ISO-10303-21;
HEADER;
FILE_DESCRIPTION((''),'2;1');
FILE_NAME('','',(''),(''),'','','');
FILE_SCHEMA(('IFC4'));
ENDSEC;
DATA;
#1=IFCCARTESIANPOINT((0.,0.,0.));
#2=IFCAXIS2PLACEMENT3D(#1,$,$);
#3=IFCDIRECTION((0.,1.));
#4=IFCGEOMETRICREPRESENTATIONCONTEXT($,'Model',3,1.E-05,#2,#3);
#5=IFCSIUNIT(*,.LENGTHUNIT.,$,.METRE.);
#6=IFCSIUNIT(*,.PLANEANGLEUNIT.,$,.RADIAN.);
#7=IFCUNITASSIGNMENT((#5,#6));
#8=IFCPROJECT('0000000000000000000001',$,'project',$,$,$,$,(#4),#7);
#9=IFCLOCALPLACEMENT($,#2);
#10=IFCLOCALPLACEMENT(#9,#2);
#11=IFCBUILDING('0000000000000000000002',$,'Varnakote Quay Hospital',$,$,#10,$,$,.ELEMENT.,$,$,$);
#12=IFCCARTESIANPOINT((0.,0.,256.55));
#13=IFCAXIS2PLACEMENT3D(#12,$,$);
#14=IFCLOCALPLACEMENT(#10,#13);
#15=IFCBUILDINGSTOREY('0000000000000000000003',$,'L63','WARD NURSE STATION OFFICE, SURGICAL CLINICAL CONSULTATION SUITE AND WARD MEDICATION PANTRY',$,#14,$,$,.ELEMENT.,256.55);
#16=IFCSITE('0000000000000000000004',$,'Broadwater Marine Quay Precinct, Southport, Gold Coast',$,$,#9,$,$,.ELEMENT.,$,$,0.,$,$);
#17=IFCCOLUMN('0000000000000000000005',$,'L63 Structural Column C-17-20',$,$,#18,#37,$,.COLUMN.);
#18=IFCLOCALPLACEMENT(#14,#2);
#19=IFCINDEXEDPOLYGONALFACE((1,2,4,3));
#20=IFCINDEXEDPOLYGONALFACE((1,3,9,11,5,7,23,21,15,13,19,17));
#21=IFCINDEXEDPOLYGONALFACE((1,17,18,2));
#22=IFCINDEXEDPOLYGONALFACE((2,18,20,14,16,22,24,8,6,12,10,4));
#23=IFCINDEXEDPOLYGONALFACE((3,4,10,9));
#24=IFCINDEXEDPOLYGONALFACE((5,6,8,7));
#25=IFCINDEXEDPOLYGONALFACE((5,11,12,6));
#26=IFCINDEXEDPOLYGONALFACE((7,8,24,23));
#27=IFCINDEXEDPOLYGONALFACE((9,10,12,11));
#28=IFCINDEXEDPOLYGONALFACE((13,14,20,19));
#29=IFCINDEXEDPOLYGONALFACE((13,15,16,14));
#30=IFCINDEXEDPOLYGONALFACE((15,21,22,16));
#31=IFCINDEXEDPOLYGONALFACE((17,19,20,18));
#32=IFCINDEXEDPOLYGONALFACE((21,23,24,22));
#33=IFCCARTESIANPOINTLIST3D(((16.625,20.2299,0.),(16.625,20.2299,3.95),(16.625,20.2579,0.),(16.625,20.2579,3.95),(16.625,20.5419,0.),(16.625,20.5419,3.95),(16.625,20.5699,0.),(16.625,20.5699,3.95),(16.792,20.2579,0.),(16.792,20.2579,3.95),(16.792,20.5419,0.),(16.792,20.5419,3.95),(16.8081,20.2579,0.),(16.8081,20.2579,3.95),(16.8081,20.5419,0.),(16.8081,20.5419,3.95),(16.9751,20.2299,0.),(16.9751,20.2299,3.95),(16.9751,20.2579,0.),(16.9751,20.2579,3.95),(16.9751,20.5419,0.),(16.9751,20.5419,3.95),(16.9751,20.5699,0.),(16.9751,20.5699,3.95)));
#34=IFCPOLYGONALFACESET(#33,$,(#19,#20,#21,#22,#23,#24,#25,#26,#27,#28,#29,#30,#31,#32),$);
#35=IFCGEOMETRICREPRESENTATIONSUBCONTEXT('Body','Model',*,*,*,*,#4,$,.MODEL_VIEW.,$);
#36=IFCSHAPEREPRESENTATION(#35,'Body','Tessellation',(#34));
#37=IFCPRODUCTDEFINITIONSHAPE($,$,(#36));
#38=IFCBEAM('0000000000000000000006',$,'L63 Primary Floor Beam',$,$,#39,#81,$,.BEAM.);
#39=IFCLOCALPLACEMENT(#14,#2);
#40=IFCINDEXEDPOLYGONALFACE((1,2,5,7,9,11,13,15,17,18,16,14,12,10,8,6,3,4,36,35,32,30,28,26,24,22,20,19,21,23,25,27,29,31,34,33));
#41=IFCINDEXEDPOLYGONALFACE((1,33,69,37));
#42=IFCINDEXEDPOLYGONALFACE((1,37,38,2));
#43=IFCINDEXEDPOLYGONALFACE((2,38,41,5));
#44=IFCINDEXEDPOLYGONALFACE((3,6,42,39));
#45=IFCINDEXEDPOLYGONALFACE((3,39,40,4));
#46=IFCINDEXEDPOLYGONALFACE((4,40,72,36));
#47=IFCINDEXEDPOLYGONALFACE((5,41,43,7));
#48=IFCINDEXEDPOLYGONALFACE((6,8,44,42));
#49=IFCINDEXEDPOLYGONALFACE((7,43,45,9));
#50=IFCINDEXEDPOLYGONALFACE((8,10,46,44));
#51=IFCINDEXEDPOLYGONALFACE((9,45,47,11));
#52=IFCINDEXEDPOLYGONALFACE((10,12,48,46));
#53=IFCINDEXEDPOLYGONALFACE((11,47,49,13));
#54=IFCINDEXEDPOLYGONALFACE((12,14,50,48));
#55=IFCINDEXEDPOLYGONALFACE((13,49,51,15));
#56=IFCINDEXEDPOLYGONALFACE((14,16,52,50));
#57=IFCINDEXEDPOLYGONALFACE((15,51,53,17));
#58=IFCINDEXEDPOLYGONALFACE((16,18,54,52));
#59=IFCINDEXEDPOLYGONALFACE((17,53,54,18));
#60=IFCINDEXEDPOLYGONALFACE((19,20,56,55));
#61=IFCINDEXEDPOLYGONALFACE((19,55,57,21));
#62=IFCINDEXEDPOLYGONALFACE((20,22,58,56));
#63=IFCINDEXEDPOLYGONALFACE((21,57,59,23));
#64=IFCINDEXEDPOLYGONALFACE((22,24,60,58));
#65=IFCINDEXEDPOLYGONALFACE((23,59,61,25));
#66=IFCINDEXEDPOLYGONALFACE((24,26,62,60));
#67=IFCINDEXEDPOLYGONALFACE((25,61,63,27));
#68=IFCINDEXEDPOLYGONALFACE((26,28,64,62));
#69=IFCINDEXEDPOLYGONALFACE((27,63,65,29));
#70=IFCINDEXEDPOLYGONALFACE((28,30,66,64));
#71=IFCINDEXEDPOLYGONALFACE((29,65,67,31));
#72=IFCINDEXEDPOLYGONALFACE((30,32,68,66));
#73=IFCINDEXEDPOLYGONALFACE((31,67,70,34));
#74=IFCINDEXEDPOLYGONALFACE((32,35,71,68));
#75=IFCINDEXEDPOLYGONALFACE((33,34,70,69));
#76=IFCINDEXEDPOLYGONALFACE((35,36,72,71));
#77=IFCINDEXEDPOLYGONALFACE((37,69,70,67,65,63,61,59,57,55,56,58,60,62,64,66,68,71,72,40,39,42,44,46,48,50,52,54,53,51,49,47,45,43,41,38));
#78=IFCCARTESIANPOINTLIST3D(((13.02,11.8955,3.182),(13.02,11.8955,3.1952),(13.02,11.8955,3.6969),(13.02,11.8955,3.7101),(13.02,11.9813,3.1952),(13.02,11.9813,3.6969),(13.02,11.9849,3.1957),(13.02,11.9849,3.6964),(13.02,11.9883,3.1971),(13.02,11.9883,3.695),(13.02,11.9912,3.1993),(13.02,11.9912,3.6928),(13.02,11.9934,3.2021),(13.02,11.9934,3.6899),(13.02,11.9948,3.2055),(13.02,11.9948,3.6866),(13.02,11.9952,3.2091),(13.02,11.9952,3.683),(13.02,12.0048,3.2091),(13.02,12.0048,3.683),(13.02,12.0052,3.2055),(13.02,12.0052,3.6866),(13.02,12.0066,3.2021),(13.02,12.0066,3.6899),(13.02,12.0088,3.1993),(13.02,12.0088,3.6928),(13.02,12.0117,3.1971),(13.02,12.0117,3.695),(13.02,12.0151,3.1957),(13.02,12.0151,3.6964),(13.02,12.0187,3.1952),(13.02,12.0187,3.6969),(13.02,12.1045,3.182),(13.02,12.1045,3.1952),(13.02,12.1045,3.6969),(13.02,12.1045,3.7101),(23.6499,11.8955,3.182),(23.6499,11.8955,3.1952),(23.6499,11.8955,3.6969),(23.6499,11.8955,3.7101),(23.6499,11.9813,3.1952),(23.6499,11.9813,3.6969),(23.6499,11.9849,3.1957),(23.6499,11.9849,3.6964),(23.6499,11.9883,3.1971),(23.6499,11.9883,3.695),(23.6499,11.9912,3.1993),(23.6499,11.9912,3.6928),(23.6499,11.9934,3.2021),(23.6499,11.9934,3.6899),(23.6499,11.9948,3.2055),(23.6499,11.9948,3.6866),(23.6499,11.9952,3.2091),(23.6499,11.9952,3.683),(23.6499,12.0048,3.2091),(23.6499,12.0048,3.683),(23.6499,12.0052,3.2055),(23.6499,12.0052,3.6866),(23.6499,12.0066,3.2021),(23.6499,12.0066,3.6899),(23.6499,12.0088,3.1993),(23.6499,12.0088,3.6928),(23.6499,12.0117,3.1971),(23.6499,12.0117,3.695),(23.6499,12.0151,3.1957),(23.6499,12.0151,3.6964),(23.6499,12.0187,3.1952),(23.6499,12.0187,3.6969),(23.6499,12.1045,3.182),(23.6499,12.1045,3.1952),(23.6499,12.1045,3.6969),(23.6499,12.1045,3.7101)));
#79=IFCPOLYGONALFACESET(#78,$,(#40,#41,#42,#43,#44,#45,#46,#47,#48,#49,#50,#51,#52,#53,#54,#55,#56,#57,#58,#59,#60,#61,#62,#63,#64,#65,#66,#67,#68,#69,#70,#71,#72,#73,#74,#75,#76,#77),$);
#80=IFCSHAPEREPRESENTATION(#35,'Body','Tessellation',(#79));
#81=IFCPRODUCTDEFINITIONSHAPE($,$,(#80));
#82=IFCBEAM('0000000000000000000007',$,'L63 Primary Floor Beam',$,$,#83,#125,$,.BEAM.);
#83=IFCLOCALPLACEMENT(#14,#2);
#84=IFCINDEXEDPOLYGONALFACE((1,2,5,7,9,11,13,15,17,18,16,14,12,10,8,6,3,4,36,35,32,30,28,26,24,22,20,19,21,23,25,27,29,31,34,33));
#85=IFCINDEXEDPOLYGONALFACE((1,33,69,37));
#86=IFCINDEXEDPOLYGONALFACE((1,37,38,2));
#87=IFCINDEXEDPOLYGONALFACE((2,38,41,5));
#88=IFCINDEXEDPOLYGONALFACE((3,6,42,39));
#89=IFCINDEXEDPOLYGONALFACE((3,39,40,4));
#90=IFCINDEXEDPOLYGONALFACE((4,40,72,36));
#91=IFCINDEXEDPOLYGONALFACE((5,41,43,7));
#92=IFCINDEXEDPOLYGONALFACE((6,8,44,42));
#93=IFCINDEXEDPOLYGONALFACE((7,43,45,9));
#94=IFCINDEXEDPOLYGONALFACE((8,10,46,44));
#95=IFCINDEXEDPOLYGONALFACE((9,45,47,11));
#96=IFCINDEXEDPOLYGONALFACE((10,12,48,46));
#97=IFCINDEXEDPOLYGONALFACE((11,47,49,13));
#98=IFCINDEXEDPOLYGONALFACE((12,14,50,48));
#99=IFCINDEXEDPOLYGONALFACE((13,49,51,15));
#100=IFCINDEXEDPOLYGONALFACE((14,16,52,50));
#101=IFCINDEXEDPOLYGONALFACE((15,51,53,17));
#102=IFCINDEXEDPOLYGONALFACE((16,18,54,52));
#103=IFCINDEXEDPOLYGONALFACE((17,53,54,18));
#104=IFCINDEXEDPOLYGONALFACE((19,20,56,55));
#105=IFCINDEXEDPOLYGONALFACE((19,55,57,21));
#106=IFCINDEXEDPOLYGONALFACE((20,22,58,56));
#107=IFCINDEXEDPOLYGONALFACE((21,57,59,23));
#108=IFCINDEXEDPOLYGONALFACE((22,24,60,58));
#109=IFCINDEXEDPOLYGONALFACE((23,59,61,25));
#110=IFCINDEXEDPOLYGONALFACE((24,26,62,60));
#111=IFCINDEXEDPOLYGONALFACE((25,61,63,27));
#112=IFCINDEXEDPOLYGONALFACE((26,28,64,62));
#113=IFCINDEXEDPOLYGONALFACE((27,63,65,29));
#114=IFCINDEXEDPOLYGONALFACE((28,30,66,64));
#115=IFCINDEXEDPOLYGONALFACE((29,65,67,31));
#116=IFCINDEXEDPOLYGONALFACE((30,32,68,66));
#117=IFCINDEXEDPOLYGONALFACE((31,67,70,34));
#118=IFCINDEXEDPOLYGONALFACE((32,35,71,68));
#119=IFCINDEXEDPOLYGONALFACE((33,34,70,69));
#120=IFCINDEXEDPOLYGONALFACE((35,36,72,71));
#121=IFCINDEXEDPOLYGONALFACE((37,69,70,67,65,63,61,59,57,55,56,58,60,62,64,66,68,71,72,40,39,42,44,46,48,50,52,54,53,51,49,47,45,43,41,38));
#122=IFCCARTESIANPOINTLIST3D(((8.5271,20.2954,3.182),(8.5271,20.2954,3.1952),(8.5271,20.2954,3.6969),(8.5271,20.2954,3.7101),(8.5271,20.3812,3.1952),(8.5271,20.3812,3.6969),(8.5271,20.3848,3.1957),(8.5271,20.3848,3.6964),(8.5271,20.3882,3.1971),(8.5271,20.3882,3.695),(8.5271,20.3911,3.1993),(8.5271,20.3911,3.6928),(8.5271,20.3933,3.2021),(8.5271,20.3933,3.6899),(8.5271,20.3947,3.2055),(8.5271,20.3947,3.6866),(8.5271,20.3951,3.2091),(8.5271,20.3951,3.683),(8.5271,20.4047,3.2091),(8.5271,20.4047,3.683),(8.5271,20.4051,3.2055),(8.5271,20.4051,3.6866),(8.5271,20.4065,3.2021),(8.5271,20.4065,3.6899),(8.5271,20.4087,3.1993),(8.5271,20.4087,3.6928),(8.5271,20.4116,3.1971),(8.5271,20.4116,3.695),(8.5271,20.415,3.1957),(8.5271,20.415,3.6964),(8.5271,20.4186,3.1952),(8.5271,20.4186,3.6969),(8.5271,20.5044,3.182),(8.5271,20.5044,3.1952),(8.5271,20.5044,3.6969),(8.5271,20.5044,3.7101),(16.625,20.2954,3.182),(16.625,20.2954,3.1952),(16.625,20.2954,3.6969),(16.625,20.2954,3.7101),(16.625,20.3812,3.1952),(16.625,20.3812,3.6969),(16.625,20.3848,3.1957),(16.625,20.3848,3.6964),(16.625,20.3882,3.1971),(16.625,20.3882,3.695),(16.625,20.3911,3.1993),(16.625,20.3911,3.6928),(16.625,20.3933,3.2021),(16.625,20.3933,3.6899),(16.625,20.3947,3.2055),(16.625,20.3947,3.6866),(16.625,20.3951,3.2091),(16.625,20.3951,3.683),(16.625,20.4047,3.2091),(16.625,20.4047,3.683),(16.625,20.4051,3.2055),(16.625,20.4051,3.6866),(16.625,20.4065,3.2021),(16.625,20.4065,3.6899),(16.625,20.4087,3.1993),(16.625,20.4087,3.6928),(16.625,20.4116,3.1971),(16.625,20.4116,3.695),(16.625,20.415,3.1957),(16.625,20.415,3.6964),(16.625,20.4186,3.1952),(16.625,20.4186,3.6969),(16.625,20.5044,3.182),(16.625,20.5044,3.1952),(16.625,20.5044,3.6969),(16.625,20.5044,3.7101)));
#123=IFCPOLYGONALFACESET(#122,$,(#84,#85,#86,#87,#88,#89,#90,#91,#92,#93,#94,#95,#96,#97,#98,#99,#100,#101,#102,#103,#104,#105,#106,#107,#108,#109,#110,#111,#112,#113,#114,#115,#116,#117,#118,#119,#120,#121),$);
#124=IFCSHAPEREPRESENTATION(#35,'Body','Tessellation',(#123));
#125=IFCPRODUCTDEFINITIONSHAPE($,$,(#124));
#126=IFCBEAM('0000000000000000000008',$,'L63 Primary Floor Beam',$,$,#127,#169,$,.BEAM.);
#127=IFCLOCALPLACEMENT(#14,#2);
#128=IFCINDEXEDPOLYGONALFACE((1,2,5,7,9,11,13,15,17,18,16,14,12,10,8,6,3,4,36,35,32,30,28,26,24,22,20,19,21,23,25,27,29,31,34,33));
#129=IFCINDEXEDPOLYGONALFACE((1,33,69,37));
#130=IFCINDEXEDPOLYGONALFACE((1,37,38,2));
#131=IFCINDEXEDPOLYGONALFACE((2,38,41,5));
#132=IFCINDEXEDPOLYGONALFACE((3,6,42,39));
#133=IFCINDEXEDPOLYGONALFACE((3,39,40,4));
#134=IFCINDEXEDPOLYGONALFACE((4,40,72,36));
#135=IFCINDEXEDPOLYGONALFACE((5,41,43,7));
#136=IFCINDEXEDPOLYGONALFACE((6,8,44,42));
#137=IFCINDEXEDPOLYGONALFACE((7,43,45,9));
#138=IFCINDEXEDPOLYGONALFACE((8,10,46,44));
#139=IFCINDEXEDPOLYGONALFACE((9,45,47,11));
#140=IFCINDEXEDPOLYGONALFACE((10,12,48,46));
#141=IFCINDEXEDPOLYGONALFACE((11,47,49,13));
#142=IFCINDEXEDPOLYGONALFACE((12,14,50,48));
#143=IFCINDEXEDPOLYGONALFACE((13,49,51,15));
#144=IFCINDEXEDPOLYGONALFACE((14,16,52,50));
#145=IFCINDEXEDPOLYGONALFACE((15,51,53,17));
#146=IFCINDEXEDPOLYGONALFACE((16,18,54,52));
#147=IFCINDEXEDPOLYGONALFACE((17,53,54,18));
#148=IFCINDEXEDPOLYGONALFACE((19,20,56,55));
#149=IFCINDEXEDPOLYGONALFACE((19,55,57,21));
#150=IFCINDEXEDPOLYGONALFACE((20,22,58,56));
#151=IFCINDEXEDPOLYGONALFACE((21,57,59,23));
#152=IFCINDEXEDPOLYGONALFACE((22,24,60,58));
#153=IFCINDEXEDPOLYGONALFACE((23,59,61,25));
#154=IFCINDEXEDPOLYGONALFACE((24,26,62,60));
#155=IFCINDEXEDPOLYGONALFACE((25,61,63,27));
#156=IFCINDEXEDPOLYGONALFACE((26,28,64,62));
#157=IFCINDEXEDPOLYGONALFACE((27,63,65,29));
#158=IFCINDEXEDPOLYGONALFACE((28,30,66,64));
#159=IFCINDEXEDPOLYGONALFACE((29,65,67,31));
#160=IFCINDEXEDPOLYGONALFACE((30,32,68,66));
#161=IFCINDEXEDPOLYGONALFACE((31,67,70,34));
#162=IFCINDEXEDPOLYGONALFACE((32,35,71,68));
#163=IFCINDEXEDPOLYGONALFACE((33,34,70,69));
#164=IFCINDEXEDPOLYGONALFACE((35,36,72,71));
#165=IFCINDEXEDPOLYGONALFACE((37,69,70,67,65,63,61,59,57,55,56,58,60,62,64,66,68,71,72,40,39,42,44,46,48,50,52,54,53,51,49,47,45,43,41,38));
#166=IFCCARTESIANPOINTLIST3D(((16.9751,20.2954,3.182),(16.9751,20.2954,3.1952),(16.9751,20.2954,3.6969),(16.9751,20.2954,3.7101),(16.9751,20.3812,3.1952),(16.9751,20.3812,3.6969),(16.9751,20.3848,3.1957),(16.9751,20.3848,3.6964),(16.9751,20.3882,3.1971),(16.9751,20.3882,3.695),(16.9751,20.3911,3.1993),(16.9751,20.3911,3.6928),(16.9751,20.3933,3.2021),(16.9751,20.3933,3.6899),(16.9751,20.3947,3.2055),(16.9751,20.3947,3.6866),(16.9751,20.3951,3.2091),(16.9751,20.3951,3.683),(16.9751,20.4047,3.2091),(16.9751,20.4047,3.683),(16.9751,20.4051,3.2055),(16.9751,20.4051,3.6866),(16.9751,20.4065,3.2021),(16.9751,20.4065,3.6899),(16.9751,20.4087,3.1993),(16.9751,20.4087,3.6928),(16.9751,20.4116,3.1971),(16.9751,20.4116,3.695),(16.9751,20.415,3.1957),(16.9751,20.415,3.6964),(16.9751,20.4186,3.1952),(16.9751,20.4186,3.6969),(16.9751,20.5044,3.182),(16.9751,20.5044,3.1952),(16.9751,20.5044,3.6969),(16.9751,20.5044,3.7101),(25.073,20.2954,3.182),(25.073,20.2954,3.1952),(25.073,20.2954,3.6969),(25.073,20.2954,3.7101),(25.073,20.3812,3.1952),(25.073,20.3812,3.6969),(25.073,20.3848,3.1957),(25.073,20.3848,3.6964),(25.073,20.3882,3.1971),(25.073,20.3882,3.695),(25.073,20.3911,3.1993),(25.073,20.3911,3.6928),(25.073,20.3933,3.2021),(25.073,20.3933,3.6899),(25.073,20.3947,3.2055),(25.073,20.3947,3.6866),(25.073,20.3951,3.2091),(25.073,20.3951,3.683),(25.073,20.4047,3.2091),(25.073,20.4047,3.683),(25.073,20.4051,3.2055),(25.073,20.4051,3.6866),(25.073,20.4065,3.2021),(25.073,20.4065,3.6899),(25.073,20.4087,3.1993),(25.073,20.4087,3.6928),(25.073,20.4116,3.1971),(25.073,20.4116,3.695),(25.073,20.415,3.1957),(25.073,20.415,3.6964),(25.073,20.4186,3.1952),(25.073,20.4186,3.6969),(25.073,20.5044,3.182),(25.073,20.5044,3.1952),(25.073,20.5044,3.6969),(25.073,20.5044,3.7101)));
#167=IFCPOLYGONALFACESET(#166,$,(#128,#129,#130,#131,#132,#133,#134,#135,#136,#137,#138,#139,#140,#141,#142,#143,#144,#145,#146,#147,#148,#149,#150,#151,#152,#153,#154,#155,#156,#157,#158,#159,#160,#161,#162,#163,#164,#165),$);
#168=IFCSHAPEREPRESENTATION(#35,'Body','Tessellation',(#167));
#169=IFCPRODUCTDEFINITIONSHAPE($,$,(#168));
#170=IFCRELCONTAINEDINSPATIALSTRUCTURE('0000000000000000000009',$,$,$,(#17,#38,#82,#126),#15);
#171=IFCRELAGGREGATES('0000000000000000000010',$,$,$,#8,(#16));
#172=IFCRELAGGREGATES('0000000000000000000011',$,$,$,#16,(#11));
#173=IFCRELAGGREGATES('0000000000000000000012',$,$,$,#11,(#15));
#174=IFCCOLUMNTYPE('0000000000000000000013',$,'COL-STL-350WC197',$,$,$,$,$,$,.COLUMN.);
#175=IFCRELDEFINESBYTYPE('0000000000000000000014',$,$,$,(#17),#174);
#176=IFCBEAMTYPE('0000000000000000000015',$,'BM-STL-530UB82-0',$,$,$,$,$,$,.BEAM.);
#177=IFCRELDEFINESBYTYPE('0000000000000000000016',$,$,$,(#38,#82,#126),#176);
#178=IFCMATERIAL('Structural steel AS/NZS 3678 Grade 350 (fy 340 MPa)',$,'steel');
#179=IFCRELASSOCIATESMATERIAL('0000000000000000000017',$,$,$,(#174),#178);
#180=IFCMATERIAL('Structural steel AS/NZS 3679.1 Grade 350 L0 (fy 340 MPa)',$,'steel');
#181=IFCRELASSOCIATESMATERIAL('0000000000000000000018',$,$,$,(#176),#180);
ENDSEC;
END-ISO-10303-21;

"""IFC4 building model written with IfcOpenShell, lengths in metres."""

from ifc_helpers import new_model, si_unit, direction, frame, origin, origin_2d, place, context, subcontext, project, spatial, i_section, extrude, material, material_profile, profile_set, type_object, element, save


model = new_model("IFC4")

# Units and contexts
model_context = context("Model", 3, precision=1e-05, world=origin(), true_north=direction((0.0, 1.0)))
body_context = subcontext(model_context, "Body", "Model", "MODEL_VIEW")
ifc_project = project(units=[si_unit("LENGTHUNIT", "METRE"), si_unit("PLANEANGLEUNIT", "RADIAN")], contexts=[model_context])

# Site, building, storey
site_placement = place(None, origin())
site = spatial("IfcSite", under=ifc_project, at=site_placement, Name="Broadwater Marine Quay Precinct, Southport, Gold Coast", CompositionType="ELEMENT", RefElevation=0.0)
building_placement = place(site_placement, origin())
building = spatial("IfcBuilding", under=site, at=building_placement, Name="Varnakote Quay Hospital", CompositionType="ELEMENT")
storey_placement = place(building_placement, frame((0.0, 0.0, 256.55)))
storey = spatial("IfcBuildingStorey", under=building, at=storey_placement, Name="L63", Description="WARD NURSE STATION OFFICE, SURGICAL CLINICAL CONSULTATION SUITE AND WARD MEDICATION PANTRY", CompositionType="ELEMENT", Elevation=256.55)

# Column
ifc_material_1 = material(Name="Structural steel AS/NZS 3678 Grade 350 (fy 340 MPa)", Category="steel")
ifc_material_profile_1 = material_profile(ifc_material_1, i_section(OverallWidth=0.3501, OverallDepth=0.3401, WebThickness=0.0161, FlangeThickness=0.0281, at=origin_2d()), Name="350WC197")
ifc_profile_set_1 = profile_set([ifc_material_profile_1], Name="Structural steel AS/NZS 3678 Grade 350 (fy 340 MPa)")
column_type = type_object("IfcColumnType", Name="COL-STL-350WC197", PredefinedType="COLUMN", material=ifc_profile_set_1)
column_placement = place(storey_placement, frame((16.8, 20.3999, 0.0), z_axis=(0.0, 0.0, 1.0), x_axis=(1.0, 0.0, 0.0)))
element("IfcColumn", 1, at=column_placement, inside=storey, type_object=column_type, Name="L63 Structural Column C-17-20", PredefinedType="COLUMN", context=body_context, shape_type="SweptSolid", body=[
    extrude(i_section(OverallWidth=0.3501, OverallDepth=0.3401, WebThickness=0.0161, FlangeThickness=0.0281, at=origin_2d()), origin(), (0.0, 0.0, 1.0), 3.95),
])

# Beams
ifc_material_2 = material(Name="Structural steel AS/NZS 3679.1 Grade 350 L0 (fy 340 MPa)", Category="steel")
ifc_material_profile_2 = material_profile(ifc_material_2, i_section(OverallWidth=0.209, OverallDepth=0.5281, WebThickness=0.0095, FlangeThickness=0.0132, FilletRadius=0.0139, at=origin_2d()), Name="530UB82.0")
ifc_profile_set_2 = profile_set([ifc_material_profile_2], Name="Structural steel AS/NZS 3679.1 Grade 350 L0 (fy 340 MPa)")
beam_type = type_object("IfcBeamType", Name="BM-STL-530UB82-0", PredefinedType="BEAM", material=ifc_profile_set_2)
beam_1_placement = place(storey_placement, frame((13.02, 12.0, 3.446), z_axis=(1.0, 0.0, 0.0), x_axis=(0.0, 1.0, 0.0)))
element("IfcBeam", 2, at=beam_1_placement, inside=storey, type_object=beam_type, Name="L63 Primary Floor Beam", PredefinedType="BEAM", context=body_context, shape_type="SweptSolid", body=[
    extrude(i_section(OverallWidth=0.209, OverallDepth=0.5281, WebThickness=0.0095, FlangeThickness=0.0132, FilletRadius=0.0139, at=origin_2d()), origin(), (0.0, 0.0, 1.0), 10.6299),
])
for number, where, z_axis, x_axis, name in (
    (3, (8.5271, 20.3999, 3.446), (1.0, 0.0, 0.0), (0.0, 1.0, 0.0), "L63 Primary Floor Beam"),
    (4, (16.9751, 20.3999, 3.446), (1.0, 0.0, 0.0), (0.0, 1.0, 0.0), "L63 Primary Floor Beam"),
):
    element("IfcBeam", number, at=place(storey_placement, frame(where, z_axis=z_axis, x_axis=x_axis)), inside=storey, type_object=beam_type, Name=name, PredefinedType="BEAM", context=body_context, shape_type="SweptSolid", body=[
        extrude(i_section(OverallWidth=0.209, OverallDepth=0.5281, WebThickness=0.0095, FlangeThickness=0.0132, FilletRadius=0.0139, at=origin_2d()), origin(), (0.0, 0.0, 1.0), 8.0979),
    ])

save(model, "model.ifc")
